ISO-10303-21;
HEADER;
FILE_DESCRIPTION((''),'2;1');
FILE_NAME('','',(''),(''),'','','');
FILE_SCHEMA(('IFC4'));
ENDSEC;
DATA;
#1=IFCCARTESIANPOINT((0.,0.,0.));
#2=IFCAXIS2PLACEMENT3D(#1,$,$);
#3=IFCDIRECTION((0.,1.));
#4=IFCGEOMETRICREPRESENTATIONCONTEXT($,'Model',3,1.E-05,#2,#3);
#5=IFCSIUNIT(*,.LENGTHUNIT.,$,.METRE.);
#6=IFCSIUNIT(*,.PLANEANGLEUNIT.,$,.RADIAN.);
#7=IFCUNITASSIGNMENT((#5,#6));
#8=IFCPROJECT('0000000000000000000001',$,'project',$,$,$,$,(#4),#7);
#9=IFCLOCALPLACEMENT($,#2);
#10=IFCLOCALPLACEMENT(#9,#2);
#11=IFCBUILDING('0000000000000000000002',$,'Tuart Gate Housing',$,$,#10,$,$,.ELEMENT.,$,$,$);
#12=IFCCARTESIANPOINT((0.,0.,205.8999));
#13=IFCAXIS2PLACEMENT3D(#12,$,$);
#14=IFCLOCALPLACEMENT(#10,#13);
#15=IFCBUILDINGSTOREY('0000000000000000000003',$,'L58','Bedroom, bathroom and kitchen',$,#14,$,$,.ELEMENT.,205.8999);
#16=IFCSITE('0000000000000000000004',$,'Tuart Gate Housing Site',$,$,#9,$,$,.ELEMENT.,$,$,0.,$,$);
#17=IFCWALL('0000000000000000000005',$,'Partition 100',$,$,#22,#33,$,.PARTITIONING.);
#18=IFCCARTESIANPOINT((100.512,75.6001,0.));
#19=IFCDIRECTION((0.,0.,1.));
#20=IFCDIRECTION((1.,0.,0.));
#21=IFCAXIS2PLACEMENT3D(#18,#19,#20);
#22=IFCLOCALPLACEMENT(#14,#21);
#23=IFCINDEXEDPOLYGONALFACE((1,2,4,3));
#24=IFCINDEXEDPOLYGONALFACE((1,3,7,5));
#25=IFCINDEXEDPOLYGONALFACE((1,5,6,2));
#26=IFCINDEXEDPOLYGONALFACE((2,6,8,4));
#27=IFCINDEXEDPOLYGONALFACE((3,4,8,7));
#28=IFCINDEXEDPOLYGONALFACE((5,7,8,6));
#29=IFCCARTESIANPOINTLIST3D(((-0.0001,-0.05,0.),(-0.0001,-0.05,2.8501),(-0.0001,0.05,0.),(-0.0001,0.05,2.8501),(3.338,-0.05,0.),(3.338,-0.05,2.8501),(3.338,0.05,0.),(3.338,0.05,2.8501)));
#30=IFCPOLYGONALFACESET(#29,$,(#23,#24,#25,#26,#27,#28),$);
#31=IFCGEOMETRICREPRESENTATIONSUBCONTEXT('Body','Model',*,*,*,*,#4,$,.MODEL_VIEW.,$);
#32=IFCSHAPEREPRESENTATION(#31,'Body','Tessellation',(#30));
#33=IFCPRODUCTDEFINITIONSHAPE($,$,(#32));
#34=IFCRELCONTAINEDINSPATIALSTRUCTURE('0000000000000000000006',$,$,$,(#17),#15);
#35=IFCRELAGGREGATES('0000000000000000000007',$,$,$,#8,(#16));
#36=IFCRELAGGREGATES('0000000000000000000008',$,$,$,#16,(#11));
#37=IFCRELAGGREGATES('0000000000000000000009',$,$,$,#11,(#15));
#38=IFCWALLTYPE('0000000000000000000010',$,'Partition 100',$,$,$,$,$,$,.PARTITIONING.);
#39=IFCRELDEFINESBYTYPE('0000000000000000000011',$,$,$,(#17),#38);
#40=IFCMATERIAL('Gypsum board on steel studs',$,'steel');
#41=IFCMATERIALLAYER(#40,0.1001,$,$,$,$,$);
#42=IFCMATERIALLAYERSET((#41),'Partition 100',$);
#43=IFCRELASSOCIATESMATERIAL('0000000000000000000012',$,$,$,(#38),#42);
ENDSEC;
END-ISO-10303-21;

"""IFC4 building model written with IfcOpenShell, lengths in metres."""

from ifc_helpers import new_model, si_unit, direction, frame, frame_2d, origin, place, context, subcontext, project, spatial, rectangle, extrude, material, layer, layer_set, type_object, element, save


model = new_model("IFC4")

# Units and contexts
model_context = context("Model", 3, precision=1e-05, world=origin(), true_north=direction((0.0, 1.0)))
body_context = subcontext(model_context, "Body", "Model", "MODEL_VIEW")
ifc_project = project(units=[si_unit("LENGTHUNIT", "METRE"), si_unit("PLANEANGLEUNIT", "RADIAN")], contexts=[model_context])

# Site, building, storey
site_placement = place(None, origin())
site = spatial("IfcSite", under=ifc_project, at=site_placement, Name="Tuart Gate Housing Site", CompositionType="ELEMENT", RefElevation=0.0)
building_placement = place(site_placement, origin())
building = spatial("IfcBuilding", under=site, at=building_placement, Name="Tuart Gate Housing", CompositionType="ELEMENT")
storey_placement = place(building_placement, frame((0.0, 0.0, 205.8999)))
storey = spatial("IfcBuildingStorey", under=building, at=storey_placement, Name="L58", Description="Bedroom, bathroom and kitchen", CompositionType="ELEMENT", Elevation=205.8999)

# Wall
ifc_material_1 = material(Name="Gypsum board on steel studs", Category="steel")
ifc_layer_1 = layer(ifc_material_1, 0.1001)
ifc_layer_set_1 = layer_set([ifc_layer_1], Name="Partition 100")
wall_type_1 = type_object("IfcWallType", Name="Partition 100", PredefinedType="PARTITIONING", material=ifc_layer_set_1)
wall_1_placement = place(storey_placement, frame((100.512, 75.6001, 0.0), z_axis=(0.0, 0.0, 1.0), x_axis=(1.0, 0.0, 0.0)))
element("IfcWall", 1, at=wall_1_placement, inside=storey, type_object=wall_type_1, Name="Partition 100", PredefinedType="PARTITIONING", context=body_context, shape_type="SweptSolid", body=[
    extrude(rectangle(XDim=3.3381, YDim=0.1001, at=frame_2d((1.6689, 0.0))), origin(), (0.0, 0.0, 1.0), 2.8501),
])

save(model, "model.ifc")
